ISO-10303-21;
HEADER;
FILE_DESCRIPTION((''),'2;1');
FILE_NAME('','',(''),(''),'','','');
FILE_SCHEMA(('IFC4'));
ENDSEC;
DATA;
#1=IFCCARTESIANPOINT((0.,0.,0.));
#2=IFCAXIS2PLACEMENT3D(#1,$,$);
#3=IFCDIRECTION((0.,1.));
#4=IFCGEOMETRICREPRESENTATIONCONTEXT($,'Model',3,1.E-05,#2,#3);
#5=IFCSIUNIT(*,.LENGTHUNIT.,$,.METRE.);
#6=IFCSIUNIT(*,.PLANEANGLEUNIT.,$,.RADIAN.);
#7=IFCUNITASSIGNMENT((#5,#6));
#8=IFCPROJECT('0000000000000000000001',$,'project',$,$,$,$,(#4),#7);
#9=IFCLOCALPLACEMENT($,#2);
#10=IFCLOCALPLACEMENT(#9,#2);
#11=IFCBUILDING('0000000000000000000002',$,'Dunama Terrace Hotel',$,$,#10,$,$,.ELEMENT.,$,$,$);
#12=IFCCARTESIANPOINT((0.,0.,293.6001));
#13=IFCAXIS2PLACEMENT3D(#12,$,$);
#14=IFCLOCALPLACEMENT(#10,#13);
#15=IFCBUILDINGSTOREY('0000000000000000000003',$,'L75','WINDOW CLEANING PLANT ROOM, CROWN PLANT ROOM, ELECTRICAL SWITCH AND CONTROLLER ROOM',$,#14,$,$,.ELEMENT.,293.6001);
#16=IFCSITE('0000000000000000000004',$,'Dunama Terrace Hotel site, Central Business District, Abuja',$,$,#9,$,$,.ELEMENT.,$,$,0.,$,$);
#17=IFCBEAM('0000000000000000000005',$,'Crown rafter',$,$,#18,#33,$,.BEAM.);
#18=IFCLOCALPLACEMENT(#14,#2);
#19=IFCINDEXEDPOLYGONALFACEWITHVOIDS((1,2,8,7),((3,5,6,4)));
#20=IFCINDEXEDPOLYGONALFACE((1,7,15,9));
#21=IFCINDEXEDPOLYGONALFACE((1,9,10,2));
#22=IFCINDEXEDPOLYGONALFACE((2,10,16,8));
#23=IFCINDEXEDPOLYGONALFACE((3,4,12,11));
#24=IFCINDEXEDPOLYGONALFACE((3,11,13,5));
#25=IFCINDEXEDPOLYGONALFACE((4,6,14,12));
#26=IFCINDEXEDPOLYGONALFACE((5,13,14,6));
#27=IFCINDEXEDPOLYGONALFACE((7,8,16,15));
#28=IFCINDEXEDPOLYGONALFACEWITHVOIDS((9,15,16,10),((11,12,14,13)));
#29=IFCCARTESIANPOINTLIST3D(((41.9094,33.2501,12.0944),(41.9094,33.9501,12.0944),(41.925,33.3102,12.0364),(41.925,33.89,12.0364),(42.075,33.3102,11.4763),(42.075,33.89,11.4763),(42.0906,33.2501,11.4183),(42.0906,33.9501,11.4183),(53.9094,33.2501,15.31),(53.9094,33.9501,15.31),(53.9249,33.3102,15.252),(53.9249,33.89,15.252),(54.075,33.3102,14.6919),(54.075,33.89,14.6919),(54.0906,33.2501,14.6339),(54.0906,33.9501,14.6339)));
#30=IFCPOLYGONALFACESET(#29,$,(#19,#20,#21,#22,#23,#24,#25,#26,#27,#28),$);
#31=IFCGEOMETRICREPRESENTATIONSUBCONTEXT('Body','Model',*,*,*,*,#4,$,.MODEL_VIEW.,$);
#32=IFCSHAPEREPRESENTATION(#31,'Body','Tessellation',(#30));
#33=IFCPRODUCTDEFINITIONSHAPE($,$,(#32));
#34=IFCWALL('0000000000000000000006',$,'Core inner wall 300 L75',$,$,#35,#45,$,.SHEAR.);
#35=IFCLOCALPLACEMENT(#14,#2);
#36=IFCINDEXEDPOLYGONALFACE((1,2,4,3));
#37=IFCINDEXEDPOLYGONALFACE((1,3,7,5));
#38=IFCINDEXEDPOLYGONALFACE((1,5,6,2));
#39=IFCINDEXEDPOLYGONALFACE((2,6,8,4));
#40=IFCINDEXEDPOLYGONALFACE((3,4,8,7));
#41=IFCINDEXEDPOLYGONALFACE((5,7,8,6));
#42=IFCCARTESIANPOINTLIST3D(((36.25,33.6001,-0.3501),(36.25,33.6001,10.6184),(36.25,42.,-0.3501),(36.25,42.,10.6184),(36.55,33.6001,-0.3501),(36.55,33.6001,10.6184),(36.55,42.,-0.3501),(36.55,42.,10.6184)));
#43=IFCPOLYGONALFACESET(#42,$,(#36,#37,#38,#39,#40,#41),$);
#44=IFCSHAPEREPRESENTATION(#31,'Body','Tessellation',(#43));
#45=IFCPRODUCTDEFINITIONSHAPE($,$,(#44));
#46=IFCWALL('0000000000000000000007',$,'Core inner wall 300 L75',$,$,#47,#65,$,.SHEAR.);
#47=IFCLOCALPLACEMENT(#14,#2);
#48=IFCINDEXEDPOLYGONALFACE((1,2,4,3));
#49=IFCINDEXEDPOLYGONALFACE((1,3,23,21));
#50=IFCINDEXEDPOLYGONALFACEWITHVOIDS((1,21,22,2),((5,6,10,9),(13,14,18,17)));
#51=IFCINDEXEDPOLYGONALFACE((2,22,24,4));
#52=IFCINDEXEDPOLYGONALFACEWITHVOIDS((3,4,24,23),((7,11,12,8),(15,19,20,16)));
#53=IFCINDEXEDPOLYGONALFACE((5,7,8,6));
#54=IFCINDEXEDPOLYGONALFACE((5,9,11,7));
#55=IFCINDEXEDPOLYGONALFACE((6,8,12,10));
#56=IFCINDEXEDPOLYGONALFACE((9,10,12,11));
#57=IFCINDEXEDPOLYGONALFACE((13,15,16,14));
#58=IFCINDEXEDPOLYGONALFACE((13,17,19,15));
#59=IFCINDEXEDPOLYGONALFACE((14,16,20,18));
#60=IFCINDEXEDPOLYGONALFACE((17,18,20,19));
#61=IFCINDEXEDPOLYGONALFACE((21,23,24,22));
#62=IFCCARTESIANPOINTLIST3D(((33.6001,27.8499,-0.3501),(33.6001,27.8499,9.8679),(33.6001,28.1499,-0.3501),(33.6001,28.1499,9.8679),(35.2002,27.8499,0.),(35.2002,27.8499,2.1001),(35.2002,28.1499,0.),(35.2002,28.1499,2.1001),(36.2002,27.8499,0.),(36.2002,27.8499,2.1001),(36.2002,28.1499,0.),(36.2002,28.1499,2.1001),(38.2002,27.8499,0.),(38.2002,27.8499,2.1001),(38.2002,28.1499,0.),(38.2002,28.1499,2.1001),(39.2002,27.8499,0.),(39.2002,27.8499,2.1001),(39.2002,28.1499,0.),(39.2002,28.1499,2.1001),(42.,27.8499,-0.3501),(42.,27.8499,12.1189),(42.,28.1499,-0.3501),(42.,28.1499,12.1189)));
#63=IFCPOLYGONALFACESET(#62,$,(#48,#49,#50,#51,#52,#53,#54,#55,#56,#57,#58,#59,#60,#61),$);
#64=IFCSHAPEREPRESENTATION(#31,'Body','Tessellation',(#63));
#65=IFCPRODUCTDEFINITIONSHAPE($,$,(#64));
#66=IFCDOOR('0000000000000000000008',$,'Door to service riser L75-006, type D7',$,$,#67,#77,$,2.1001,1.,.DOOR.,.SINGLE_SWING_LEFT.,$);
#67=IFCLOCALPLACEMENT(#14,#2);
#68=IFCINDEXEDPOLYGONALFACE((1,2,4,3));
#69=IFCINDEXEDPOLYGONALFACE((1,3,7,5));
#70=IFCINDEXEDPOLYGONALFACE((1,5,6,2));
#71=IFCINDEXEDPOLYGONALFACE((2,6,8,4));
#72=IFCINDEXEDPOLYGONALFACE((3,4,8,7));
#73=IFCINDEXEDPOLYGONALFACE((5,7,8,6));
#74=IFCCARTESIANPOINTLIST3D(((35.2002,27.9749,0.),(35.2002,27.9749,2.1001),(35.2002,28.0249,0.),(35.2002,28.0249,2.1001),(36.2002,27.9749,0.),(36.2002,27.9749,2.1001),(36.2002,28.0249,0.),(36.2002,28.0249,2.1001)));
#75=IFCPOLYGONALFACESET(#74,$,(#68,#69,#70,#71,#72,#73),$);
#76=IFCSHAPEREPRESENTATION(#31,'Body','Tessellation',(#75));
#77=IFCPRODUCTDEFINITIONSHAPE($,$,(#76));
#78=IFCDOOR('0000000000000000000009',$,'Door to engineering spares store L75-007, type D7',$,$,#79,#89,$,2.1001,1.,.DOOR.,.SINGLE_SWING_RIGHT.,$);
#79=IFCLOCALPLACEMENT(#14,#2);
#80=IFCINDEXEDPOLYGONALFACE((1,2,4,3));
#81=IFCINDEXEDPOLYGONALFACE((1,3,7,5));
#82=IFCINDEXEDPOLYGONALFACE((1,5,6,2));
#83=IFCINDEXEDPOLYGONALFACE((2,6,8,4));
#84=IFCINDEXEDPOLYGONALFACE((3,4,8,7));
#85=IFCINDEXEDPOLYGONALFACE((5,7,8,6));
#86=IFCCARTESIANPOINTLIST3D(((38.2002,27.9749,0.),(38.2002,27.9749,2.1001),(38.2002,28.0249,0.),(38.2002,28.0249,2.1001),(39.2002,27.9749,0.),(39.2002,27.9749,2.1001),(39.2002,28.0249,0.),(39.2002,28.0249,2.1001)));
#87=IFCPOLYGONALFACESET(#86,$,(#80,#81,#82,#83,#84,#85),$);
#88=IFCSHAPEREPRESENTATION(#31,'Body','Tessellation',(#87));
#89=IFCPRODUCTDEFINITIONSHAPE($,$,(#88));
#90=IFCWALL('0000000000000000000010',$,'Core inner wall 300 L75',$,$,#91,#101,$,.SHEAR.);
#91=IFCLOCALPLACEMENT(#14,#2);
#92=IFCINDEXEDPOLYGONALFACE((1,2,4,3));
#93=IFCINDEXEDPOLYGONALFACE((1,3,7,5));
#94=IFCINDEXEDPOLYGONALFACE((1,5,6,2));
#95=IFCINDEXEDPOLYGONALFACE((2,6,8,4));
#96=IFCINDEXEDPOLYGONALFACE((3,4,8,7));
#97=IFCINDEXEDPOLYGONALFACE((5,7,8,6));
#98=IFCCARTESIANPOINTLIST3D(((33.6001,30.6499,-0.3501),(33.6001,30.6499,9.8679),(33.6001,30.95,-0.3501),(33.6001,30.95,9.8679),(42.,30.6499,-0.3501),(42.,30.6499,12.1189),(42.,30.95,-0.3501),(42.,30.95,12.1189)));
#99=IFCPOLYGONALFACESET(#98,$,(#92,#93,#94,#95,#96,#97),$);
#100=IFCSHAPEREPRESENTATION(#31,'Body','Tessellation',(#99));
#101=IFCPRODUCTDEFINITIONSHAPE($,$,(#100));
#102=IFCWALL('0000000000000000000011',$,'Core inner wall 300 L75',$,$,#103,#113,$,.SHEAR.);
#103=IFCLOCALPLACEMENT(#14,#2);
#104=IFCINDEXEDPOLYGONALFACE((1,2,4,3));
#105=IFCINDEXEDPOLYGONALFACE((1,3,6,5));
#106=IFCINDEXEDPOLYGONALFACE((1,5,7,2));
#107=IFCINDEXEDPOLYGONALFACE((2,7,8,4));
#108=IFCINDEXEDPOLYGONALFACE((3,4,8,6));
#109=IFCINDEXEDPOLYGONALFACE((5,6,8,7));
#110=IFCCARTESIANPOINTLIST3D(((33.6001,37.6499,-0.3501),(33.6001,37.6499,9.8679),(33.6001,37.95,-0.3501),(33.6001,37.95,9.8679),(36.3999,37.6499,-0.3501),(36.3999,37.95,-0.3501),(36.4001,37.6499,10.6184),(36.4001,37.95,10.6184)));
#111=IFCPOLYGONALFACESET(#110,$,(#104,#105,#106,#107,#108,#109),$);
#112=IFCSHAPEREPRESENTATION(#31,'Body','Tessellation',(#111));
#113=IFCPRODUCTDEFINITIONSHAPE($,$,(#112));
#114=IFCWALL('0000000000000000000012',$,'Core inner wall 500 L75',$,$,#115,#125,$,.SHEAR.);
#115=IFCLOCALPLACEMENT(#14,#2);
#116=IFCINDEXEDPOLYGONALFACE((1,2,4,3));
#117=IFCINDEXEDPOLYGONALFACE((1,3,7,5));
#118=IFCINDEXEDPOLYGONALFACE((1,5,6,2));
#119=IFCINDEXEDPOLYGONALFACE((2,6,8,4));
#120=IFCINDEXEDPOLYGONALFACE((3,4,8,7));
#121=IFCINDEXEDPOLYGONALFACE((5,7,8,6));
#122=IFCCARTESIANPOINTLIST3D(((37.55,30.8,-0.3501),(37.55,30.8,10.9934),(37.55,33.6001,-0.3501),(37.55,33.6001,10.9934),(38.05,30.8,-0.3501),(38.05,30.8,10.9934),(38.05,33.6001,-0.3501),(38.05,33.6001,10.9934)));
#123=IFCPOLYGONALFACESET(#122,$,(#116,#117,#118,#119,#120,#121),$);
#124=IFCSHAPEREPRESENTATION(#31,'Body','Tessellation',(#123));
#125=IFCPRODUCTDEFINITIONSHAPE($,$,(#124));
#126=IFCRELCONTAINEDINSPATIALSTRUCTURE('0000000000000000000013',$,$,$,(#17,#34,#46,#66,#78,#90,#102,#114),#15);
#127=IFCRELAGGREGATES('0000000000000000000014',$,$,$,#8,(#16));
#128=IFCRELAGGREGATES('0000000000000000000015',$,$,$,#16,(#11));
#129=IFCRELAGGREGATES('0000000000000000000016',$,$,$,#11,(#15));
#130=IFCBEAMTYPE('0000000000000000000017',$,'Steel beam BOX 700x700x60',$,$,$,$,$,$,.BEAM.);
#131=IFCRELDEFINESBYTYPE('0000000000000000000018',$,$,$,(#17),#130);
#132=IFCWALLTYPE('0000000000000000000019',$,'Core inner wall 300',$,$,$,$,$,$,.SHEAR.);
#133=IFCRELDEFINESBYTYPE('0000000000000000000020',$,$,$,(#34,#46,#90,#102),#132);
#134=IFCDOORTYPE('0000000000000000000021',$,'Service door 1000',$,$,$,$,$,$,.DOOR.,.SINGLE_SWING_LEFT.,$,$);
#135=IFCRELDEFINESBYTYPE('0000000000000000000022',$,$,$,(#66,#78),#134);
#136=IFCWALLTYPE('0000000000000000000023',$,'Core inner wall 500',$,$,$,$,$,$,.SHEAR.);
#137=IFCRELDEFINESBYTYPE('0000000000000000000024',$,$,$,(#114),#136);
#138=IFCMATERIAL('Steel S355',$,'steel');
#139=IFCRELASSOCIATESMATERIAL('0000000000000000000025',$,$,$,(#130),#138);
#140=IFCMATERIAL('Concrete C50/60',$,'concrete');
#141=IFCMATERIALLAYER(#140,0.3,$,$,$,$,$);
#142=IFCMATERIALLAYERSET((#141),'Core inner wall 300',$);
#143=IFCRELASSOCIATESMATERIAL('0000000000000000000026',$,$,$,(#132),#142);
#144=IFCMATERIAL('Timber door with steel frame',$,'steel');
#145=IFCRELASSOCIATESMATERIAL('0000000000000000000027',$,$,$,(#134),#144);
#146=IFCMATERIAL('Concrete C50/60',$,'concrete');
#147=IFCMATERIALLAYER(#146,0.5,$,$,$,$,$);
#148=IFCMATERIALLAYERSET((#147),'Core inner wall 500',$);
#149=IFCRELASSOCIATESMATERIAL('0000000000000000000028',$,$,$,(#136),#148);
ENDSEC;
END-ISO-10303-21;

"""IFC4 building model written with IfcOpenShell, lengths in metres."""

from ifc_helpers import new_model, si_unit, direction, frame, frame_2d, origin, origin_2d, place, context, subcontext, project, spatial, polyline, rectangle, hollow_rectangle, outline, extrude, material, layer, layer_set, material_profile, profile_set, type_object, element, fill, save


model = new_model("IFC4")

# Units and contexts
model_context = context("Model", 3, precision=1e-05, world=origin(), true_north=direction((0.0, 1.0)))
body_context = subcontext(model_context, "Body", "Model", "MODEL_VIEW")
ifc_project = project(units=[si_unit("LENGTHUNIT", "METRE"), si_unit("PLANEANGLEUNIT", "RADIAN")], contexts=[model_context])

# Site, building, storey
site_placement = place(None, origin())
site = spatial("IfcSite", under=ifc_project, at=site_placement, Name="Dunama Terrace Hotel site, Central Business District, Abuja", CompositionType="ELEMENT", RefElevation=0.0)
building_placement = place(site_placement, origin())
building = spatial("IfcBuilding", under=site, at=building_placement, Name="Dunama Terrace Hotel", CompositionType="ELEMENT")
storey_placement = place(building_placement, frame((0.0, 0.0, 293.6001)))
storey = spatial("IfcBuildingStorey", under=building, at=storey_placement, Name="L75", Description="WINDOW CLEANING PLANT ROOM, CROWN PLANT ROOM, ELECTRICAL SWITCH AND CONTROLLER ROOM", CompositionType="ELEMENT", Elevation=293.6001)

# Beam
ifc_material_1 = material(Name="Steel S355", Category="steel")
ifc_material_profile_1 = material_profile(ifc_material_1, hollow_rectangle(XDim=0.7, YDim=0.7, WallThickness=0.0601, at=origin_2d()), Name="BOX 700x700x60")
ifc_profile_set_1 = profile_set([ifc_material_profile_1], Name="Steel S355")
beam_type = type_object("IfcBeamType", Name="Steel beam BOX 700x700x60", PredefinedType="BEAM", material=ifc_profile_set_1)
beam_placement = place(storey_placement, frame((42.0, 33.6001, 11.7563), z_axis=(0.965922, 0.0, 0.258833), x_axis=(0.0, 1.0, 0.0)))
element("IfcBeam", 1, at=beam_placement, inside=storey, type_object=beam_type, Name="Crown rafter", PredefinedType="BEAM", context=body_context, shape_type="SweptSolid", body=[
    extrude(hollow_rectangle(XDim=0.7, YDim=0.7, WallThickness=0.0601, at=origin_2d()), origin(), (0.0, 0.0, 1.0), 12.4233),
])

# Wall
ifc_material_2 = material(Name="Concrete C50/60", Category="concrete")
ifc_layer_1 = layer(ifc_material_2, 0.3)
ifc_layer_set_1 = layer_set([ifc_layer_1], Name="Core inner wall 300")
wall_type_1 = type_object("IfcWallType", Name="Core inner wall 300", PredefinedType="SHEAR", material=ifc_layer_set_1)
wall_1_placement = place(storey_placement, frame((36.3999, 33.6001, -0.3501), z_axis=(0.0, 0.0, 1.0), x_axis=(0.0, 1.0, 0.0)))
element("IfcWall", 2, at=wall_1_placement, inside=storey, type_object=wall_type_1, Name="Core inner wall 300 L75", PredefinedType="SHEAR", context=body_context, shape_type="SweptSolid", body=[
    extrude(outline(polyline([(0.0, 0.0), (8.3999, 0.0), (8.3999, 10.9685), (0.0, 10.9685), (0.0, 0.0)])), frame((0.0, 0.1499, 0.0), z_axis=(0.0, -1.0, 0.0), x_axis=(1.0, 0.0, 0.0)), (0.0, 0.0, 1.0), 0.3),
])

# Wall, openings, doors
wall_2_placement = place(storey_placement, frame((33.6001, 28.0, -0.3501), z_axis=(0.0, 0.0, 1.0), x_axis=(1.0, 0.0, 0.0)))
wall_2 = element("IfcWall", 3, at=wall_2_placement, inside=storey, type_object=wall_type_1, Name="Core inner wall 300 L75", PredefinedType="SHEAR", context=body_context, shape_type="SweptSolid", body=[
    extrude(outline(polyline([(0.0, 0.0), (8.3999, 0.0), (8.3999, 12.469), (0.0, 10.218), (0.0, 0.0)])), frame((0.0, 0.1499, 0.0), z_axis=(0.0, -1.0, 0.0), x_axis=(1.0, 0.0, 0.0)), (0.0, 0.0, 1.0), 0.3),
])
opening_1_placement = place(wall_2_placement, frame((1.6001, 0.0, 0.3501)))
opening_1 = element("IfcOpeningElement", 4, at=opening_1_placement, cuts=wall_2, PredefinedType="OPENING", context=body_context, shape_type="SweptSolid", body=[
    extrude(rectangle(XDim=1.0, YDim=2.1001, at=frame_2d((0.5, 1.05))), frame((0.0, 0.1599, 0.0), z_axis=(0.0, -1.0, 0.0), x_axis=(1.0, 0.0, 0.0)), (0.0, 0.0, 1.0), 0.3201),
])
opening_2_placement = place(wall_2_placement, frame((4.6001, 0.0, 0.3501)))
opening_2 = element("IfcOpeningElement", 5, at=opening_2_placement, cuts=wall_2, PredefinedType="OPENING", context=body_context, shape_type="SweptSolid", body=[
    extrude(rectangle(XDim=1.0, YDim=2.1001, at=frame_2d((0.5, 1.05))), frame((0.0, 0.1599, 0.0), z_axis=(0.0, -1.0, 0.0), x_axis=(1.0, 0.0, 0.0)), (0.0, 0.0, 1.0), 0.3201),
])
ifc_material_3 = material(Name="Timber door with steel frame", Category="steel")
door_type = type_object("IfcDoorType", Name="Service door 1000", OperationType="SINGLE_SWING_LEFT", PredefinedType="DOOR", material=ifc_material_3)
door_1_placement = place(opening_1_placement, frame((1.0, 0.0, 0.0), z_axis=(0.0, 0.0, 1.0), x_axis=(-1.0, 0.0, 0.0)))
door_1 = element("IfcDoor", 6, at=door_1_placement, inside=storey, type_object=door_type, Name="Door to service riser L75-006, type D7", OperationType="SINGLE_SWING_LEFT", OverallHeight=2.1001, OverallWidth=1.0, PredefinedType="DOOR", context=body_context, shape_type="SweptSolid", body=[
    extrude(rectangle(XDim=1.0, YDim=2.1001, at=frame_2d((0.5, 1.05))), frame((0.0, 0.0251, 0.0), z_axis=(0.0, -1.0, 0.0), x_axis=(1.0, 0.0, 0.0)), (0.0, 0.0, 1.0), 0.05),
])
fill(opening_1, door_1)
door_2_placement = place(opening_2_placement, frame((1.0, 0.0, 0.0), z_axis=(0.0, 0.0, 1.0), x_axis=(-1.0, 0.0, 0.0)))
door_2 = element("IfcDoor", 7, at=door_2_placement, inside=storey, type_object=door_type, Name="Door to engineering spares store L75-007, type D7", OperationType="SINGLE_SWING_RIGHT", OverallHeight=2.1001, OverallWidth=1.0, PredefinedType="DOOR", context=body_context, shape_type="SweptSolid", body=[
    extrude(rectangle(XDim=1.0, YDim=2.1001, at=frame_2d((0.5, 1.05))), frame((0.0, 0.0251, 0.0), z_axis=(0.0, -1.0, 0.0), x_axis=(1.0, 0.0, 0.0)), (0.0, 0.0, 1.0), 0.05),
])
fill(opening_2, door_2)

# Walls
wall_3_placement = place(storey_placement, frame((33.6001, 30.8, -0.3501), z_axis=(0.0, 0.0, 1.0), x_axis=(1.0, 0.0, 0.0)))
element("IfcWall", 8, at=wall_3_placement, inside=storey, type_object=wall_type_1, Name="Core inner wall 300 L75", PredefinedType="SHEAR", context=body_context, shape_type="SweptSolid", body=[
    extrude(outline(polyline([(0.0, 0.0), (8.3999, 0.0), (8.3999, 12.469), (0.0, 10.218), (0.0, 0.0)])), frame((0.0, 0.1499, 0.0), z_axis=(0.0, -1.0, 0.0), x_axis=(1.0, 0.0, 0.0)), (0.0, 0.0, 1.0), 0.3),
])
wall_4_placement = place(storey_placement, frame((33.6001, 37.8, -0.3501), z_axis=(0.0, 0.0, 1.0), x_axis=(1.0, 0.0, 0.0)))
element("IfcWall", 9, at=wall_4_placement, inside=storey, type_object=wall_type_1, Name="Core inner wall 300 L75", PredefinedType="SHEAR", context=body_context, shape_type="SweptSolid", body=[
    extrude(outline(polyline([(0.0, 0.0), (2.7998, 0.0), (2.8, 10.9685), (0.0, 10.218), (0.0, 0.0)])), frame((0.0, 0.1499, 0.0), z_axis=(0.0, -1.0, 0.0), x_axis=(1.0, 0.0, 0.0)), (0.0, 0.0, 1.0), 0.3),
])
ifc_material_4 = material(Name="Concrete C50/60", Category="concrete")
ifc_layer_2 = layer(ifc_material_4, 0.5)
ifc_layer_set_2 = layer_set([ifc_layer_2], Name="Core inner wall 500")
wall_type_2 = type_object("IfcWallType", Name="Core inner wall 500", PredefinedType="SHEAR", material=ifc_layer_set_2)
wall_5_placement = place(storey_placement, frame((37.8, 30.8, -0.3501), z_axis=(0.0, 0.0, 1.0), x_axis=(0.0, 1.0, 0.0)))
element("IfcWall", 10, at=wall_5_placement, inside=storey, type_object=wall_type_2, Name="Core inner wall 500 L75", PredefinedType="SHEAR", context=body_context, shape_type="SweptSolid", body=[
    extrude(outline(polyline([(0.0, 0.0), (2.8, 0.0), (2.8, 11.3435), (0.0, 11.3435), (0.0, 0.0)])), frame((0.0, 0.25, 0.0), z_axis=(0.0, -1.0, 0.0), x_axis=(1.0, 0.0, 0.0)), (0.0, 0.0, 1.0), 0.5),
])

save(model, "model.ifc")
